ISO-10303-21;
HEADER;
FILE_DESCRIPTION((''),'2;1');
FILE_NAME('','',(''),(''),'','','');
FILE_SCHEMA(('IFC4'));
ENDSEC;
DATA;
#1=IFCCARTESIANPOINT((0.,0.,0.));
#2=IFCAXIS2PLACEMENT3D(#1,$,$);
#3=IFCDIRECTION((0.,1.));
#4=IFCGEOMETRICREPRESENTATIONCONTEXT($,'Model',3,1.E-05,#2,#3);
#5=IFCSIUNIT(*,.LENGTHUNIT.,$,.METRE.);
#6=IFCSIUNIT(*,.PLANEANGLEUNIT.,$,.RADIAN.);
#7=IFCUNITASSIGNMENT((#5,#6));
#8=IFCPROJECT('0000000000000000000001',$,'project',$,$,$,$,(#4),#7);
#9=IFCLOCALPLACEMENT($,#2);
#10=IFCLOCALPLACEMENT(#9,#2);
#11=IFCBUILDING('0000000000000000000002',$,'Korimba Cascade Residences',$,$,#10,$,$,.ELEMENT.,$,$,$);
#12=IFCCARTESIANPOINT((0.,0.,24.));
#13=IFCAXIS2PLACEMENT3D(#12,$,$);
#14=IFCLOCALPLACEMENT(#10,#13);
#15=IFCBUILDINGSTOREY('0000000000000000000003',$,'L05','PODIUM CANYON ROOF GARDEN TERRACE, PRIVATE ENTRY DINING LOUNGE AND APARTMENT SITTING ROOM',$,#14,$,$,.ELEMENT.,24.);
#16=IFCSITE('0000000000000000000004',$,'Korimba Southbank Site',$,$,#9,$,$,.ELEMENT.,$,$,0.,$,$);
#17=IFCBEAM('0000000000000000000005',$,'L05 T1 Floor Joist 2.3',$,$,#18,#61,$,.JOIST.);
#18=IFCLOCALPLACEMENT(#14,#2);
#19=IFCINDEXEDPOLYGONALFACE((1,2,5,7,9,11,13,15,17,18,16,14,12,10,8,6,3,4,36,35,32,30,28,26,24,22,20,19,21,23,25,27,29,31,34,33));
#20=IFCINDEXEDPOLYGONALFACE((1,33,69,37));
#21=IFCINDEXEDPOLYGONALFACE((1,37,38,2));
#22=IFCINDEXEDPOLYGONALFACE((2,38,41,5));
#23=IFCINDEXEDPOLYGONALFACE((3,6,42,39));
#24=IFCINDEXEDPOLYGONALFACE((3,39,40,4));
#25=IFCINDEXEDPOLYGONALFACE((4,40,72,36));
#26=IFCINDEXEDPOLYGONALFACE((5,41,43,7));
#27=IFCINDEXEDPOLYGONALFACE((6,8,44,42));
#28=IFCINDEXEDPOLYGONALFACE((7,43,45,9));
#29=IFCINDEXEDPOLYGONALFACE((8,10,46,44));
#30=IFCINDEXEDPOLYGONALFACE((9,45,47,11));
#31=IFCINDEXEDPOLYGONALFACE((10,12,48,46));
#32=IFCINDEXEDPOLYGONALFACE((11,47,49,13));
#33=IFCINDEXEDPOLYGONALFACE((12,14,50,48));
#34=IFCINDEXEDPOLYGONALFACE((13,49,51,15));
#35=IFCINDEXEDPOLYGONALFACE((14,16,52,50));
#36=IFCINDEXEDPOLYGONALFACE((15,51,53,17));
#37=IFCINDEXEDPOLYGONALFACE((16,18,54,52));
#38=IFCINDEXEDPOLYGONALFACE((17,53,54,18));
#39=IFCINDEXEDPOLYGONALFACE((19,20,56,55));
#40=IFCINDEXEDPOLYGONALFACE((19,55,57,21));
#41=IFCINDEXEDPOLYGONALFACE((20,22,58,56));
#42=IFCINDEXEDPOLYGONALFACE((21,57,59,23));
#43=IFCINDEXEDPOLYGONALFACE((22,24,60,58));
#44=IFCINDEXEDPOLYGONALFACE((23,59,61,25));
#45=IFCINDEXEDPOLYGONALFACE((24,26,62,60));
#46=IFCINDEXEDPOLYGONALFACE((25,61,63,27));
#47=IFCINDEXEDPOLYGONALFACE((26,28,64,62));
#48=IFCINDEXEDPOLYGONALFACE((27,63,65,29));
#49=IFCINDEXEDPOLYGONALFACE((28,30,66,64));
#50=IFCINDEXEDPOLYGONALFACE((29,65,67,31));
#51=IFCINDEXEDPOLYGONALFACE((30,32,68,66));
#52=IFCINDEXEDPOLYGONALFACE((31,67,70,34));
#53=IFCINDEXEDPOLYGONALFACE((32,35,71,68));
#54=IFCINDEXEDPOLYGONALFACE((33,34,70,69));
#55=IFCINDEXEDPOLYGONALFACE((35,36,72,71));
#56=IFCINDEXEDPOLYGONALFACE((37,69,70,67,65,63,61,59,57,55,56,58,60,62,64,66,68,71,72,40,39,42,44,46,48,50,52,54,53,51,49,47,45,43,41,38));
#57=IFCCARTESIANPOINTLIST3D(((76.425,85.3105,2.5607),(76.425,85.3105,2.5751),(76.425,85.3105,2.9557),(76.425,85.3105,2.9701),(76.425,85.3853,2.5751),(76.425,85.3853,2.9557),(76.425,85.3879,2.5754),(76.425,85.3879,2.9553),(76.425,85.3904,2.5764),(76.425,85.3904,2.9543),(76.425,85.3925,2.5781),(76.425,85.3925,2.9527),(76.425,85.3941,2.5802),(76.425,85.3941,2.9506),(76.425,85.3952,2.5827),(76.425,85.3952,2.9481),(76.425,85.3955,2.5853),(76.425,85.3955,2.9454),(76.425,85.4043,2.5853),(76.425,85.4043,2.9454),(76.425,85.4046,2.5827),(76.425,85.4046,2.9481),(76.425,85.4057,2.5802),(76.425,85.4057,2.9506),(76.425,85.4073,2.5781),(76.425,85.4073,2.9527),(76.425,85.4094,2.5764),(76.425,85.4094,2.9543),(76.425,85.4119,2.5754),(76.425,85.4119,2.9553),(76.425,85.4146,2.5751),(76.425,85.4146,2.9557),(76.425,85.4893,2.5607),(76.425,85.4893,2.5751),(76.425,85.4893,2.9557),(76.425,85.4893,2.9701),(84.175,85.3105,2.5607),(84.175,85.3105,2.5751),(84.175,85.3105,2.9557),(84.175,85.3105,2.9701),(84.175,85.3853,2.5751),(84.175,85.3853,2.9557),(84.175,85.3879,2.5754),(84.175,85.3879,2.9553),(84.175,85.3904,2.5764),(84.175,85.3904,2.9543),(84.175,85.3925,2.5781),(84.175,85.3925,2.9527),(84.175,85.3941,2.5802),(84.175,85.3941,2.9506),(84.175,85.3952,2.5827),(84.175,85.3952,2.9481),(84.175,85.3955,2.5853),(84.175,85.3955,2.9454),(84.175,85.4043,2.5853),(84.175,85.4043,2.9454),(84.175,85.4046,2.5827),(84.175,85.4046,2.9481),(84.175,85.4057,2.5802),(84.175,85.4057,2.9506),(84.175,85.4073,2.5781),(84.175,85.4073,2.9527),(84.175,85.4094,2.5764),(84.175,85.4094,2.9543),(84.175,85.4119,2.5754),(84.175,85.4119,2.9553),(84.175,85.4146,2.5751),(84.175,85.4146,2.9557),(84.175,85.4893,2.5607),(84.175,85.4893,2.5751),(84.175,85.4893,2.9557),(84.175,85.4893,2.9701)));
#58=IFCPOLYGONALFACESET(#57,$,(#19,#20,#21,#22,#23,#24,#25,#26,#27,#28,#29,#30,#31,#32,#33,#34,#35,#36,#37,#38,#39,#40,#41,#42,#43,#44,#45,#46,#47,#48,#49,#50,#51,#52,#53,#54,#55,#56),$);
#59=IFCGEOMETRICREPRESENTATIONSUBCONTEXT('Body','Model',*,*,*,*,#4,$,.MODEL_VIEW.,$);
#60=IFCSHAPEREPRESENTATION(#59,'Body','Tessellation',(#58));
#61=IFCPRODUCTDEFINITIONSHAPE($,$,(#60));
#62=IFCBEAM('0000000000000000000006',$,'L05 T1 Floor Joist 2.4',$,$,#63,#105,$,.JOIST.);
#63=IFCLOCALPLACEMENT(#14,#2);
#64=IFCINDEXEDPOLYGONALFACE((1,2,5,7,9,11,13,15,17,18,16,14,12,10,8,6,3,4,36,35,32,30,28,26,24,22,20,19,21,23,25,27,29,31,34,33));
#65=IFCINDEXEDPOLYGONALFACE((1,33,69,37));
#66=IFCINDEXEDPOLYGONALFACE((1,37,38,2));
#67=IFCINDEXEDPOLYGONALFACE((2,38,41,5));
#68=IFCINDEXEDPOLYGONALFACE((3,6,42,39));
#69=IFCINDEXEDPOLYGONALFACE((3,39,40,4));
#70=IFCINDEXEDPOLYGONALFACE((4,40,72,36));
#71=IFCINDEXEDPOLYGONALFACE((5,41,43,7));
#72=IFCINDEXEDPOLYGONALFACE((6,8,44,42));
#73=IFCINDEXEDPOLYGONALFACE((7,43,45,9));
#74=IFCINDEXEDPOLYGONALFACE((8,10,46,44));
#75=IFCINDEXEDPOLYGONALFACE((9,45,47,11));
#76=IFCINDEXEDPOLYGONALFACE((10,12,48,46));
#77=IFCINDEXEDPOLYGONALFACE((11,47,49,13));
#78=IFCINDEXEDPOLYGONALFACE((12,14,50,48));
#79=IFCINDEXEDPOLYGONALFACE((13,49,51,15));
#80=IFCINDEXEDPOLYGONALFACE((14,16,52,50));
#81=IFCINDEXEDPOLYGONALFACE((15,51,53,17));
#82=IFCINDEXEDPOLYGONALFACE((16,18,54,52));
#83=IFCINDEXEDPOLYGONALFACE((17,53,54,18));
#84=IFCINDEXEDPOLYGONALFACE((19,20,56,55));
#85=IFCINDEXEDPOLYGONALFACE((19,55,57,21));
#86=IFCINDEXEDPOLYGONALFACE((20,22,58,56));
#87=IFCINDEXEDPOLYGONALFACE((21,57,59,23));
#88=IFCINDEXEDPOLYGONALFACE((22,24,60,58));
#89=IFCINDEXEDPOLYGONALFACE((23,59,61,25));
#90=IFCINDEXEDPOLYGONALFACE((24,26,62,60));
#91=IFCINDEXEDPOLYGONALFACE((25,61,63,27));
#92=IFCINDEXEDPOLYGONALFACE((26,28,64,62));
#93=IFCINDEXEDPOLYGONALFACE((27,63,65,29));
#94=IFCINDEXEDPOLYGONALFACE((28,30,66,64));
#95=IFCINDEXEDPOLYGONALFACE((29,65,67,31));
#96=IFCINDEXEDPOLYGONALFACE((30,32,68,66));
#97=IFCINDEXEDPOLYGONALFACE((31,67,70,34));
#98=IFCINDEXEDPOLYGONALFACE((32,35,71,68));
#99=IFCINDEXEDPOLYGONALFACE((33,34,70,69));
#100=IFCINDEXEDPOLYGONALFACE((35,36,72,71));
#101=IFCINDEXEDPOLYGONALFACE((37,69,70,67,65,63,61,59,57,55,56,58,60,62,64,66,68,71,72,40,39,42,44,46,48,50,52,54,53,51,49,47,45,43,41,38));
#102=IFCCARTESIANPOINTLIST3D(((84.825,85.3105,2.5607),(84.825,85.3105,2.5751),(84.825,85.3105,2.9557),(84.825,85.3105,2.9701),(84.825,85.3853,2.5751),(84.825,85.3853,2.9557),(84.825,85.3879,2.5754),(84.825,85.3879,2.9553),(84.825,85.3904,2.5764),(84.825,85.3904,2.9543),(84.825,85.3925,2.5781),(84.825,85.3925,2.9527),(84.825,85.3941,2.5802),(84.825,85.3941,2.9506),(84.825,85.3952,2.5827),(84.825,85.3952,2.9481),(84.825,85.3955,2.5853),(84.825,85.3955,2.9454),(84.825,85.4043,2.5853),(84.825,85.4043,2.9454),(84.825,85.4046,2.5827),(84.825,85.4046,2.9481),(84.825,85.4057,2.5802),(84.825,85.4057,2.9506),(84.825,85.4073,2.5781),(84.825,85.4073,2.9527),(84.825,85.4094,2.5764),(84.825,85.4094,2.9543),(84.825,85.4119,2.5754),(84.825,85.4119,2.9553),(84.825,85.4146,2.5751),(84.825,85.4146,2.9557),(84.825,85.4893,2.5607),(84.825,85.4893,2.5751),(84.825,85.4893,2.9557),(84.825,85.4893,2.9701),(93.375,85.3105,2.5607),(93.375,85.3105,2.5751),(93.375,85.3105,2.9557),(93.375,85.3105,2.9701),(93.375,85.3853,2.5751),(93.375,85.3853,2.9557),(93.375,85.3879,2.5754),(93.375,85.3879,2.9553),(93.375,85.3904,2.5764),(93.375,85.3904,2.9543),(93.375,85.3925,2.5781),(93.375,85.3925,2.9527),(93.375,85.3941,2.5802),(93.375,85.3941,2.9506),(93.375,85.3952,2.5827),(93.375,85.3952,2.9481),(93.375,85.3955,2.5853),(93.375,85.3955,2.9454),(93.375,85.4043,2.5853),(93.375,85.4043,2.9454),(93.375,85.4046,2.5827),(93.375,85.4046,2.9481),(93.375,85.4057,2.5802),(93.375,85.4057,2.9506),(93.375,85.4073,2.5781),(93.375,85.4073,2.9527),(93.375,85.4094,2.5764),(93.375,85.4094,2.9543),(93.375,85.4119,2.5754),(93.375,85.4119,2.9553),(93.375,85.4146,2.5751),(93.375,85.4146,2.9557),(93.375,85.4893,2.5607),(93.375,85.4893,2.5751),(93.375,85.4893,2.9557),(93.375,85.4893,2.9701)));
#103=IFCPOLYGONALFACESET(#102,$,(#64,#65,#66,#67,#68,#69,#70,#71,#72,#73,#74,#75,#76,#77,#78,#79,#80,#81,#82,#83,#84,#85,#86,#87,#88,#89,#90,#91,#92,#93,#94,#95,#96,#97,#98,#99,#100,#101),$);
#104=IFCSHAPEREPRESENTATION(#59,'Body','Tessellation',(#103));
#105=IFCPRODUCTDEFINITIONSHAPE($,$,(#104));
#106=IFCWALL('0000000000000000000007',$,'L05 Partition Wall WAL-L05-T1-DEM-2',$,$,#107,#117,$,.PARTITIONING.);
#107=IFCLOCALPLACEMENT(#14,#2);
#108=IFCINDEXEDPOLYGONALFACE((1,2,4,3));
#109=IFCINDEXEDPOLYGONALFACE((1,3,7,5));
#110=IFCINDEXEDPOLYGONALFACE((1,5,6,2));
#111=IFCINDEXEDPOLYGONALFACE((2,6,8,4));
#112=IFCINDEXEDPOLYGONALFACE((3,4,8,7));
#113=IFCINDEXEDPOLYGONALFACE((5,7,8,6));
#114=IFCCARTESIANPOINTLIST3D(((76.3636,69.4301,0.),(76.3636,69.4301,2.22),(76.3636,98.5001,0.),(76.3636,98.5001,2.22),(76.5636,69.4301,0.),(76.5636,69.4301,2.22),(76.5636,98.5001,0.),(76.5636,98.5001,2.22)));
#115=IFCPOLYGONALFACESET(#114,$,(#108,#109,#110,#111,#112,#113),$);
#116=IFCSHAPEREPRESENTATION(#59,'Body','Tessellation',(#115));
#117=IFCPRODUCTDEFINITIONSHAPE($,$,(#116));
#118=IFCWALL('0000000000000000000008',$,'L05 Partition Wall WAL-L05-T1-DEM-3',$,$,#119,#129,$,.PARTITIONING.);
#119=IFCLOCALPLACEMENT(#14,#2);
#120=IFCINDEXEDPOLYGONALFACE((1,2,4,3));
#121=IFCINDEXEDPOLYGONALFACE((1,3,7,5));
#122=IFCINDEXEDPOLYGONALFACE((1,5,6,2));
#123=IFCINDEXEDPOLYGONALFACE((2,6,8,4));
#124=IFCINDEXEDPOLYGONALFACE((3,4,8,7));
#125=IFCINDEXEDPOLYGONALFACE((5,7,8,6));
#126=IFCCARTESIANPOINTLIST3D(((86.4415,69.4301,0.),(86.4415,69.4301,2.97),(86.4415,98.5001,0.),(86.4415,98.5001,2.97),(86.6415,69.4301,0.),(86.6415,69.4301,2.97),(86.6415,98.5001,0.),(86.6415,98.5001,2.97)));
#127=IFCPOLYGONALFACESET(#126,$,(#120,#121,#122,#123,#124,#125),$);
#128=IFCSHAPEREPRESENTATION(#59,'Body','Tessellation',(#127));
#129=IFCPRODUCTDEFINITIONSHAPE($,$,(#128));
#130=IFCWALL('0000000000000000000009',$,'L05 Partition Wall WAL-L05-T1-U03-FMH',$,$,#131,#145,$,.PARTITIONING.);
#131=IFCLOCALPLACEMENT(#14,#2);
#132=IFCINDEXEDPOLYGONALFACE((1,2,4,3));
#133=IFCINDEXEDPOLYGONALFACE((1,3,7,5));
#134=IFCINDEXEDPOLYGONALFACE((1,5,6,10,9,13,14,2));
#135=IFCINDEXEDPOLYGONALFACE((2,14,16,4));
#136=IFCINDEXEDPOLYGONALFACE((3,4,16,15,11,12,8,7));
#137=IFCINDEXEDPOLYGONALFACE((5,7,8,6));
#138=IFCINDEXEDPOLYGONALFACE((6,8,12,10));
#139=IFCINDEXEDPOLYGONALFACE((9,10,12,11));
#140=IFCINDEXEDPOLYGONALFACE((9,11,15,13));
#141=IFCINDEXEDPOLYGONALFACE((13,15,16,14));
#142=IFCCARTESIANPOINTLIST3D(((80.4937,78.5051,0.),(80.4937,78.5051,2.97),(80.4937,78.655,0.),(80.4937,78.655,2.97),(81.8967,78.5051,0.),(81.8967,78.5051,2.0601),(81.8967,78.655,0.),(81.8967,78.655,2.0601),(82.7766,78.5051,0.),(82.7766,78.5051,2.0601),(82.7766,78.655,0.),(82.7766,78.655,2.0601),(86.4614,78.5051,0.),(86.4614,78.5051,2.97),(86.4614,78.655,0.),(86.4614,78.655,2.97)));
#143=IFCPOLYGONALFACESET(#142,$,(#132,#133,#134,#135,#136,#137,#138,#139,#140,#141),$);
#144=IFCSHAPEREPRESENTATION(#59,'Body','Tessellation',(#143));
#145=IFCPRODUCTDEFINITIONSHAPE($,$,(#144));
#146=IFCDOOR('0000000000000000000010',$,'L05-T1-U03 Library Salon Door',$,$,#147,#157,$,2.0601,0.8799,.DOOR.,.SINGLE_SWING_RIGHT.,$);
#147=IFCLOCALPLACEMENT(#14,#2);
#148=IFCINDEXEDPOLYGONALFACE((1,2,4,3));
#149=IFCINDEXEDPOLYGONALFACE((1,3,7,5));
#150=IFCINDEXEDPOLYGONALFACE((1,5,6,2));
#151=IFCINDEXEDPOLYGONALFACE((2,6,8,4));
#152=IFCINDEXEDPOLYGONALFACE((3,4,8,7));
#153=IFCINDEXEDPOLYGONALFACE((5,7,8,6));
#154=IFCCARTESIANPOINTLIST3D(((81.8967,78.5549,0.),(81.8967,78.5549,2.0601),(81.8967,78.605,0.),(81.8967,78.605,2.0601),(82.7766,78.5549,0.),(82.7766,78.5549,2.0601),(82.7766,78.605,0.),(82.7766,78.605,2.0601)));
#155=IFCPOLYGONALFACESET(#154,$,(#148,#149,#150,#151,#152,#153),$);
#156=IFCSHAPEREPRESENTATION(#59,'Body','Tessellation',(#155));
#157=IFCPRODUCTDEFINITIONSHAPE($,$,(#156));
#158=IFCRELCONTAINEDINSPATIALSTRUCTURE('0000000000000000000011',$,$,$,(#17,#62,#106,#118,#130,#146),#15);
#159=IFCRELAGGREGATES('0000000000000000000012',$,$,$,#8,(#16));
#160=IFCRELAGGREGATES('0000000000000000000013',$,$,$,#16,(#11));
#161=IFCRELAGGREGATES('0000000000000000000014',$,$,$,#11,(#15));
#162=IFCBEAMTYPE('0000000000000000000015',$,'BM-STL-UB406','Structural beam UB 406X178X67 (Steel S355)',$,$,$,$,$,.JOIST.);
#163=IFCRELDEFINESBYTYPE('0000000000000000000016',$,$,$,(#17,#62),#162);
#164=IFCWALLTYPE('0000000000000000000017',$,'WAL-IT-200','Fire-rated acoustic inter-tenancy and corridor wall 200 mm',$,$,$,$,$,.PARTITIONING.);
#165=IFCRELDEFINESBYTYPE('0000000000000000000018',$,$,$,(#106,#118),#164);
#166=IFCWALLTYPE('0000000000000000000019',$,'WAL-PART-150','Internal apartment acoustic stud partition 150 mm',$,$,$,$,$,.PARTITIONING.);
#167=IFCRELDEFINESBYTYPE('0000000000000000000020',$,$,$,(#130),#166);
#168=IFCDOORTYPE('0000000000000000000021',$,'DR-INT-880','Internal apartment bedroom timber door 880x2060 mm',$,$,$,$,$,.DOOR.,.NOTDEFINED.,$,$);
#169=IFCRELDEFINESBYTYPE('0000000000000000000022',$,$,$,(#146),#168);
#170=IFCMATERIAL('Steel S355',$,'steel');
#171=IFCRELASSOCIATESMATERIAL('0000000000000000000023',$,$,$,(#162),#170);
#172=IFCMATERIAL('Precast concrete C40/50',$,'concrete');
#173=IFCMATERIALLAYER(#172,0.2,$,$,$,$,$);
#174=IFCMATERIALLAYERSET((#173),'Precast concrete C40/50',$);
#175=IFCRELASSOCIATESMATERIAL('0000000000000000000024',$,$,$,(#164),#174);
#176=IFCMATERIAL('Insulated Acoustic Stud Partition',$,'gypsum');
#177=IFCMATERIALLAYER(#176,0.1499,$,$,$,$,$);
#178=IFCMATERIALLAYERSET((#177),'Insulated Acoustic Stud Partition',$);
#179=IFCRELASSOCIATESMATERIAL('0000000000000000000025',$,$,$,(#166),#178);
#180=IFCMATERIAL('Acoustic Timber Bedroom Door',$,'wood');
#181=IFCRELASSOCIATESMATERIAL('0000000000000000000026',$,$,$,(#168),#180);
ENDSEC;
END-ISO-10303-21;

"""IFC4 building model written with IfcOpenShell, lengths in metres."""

from ifc_helpers import new_model, si_unit, direction, frame, frame_2d, origin, origin_2d, place, context, subcontext, project, spatial, rectangle, i_section, extrude, material, layer, layer_set, material_profile, profile_set, type_object, element, fill, save


model = new_model("IFC4")

# Units and contexts
model_context = context("Model", 3, precision=1e-05, world=origin(), true_north=direction((0.0, 1.0)))
body_context = subcontext(model_context, "Body", "Model", "MODEL_VIEW")
ifc_project = project(units=[si_unit("LENGTHUNIT", "METRE"), si_unit("PLANEANGLEUNIT", "RADIAN")], contexts=[model_context])

# Site, building, storey
site_placement = place(None, origin())
site = spatial("IfcSite", under=ifc_project, at=site_placement, Name="Korimba Southbank Site", CompositionType="ELEMENT", RefElevation=0.0)
building_placement = place(site_placement, origin())
building = spatial("IfcBuilding", under=site, at=building_placement, Name="Korimba Cascade Residences", CompositionType="ELEMENT")
storey_placement = place(building_placement, frame((0.0, 0.0, 24.0)))
storey = spatial("IfcBuildingStorey", under=building, at=storey_placement, Name="L05", Description="PODIUM CANYON ROOF GARDEN TERRACE, PRIVATE ENTRY DINING LOUNGE AND APARTMENT SITTING ROOM", CompositionType="ELEMENT", Elevation=24.0)

# Beams
ifc_material_1 = material(Name="Steel S355", Category="steel")
ifc_material_profile_1 = material_profile(ifc_material_1, i_section(OverallWidth=0.1787, OverallDepth=0.4094, WebThickness=0.0088, FlangeThickness=0.0144, FilletRadius=0.0103, at=origin_2d()), Name="Steel S355")
ifc_profile_set_1 = profile_set([ifc_material_profile_1], Name="Steel S355")
beam_type_1 = type_object("IfcBeamType", Name="BM-STL-UB406", Description="Structural beam UB 406X178X67 (Steel S355)", PredefinedType="JOIST", material=ifc_profile_set_1)
beam_1_placement = place(storey_placement, frame((76.425, 85.3999, 2.7654), z_axis=(1.0, 0.0, 0.0), x_axis=(0.0, 1.0, 0.0)))
element("IfcBeam", 1, at=beam_1_placement, inside=storey, type_object=beam_type_1, Name="L05 T1 Floor Joist 2.3", PredefinedType="JOIST", context=body_context, shape_type="SweptSolid", body=[
    extrude(i_section(OverallWidth=0.1787, OverallDepth=0.4094, WebThickness=0.0088, FlangeThickness=0.0144, FilletRadius=0.0103, at=origin_2d()), origin(), (0.0, 0.0, 1.0), 7.75),
])
beam_2_placement = place(storey_placement, frame((84.825, 85.3999, 2.7654), z_axis=(1.0, 0.0, 0.0), x_axis=(0.0, 1.0, 0.0)))
element("IfcBeam", 2, at=beam_2_placement, inside=storey, type_object=beam_type_1, Name="L05 T1 Floor Joist 2.4", PredefinedType="JOIST", context=body_context, shape_type="SweptSolid", body=[
    extrude(i_section(OverallWidth=0.1787, OverallDepth=0.4094, WebThickness=0.0088, FlangeThickness=0.0144, FilletRadius=0.0103, at=origin_2d()), origin(), (0.0, 0.0, 1.0), 8.55),
])

# Walls
ifc_material_2 = material(Name="Precast concrete C40/50", Category="concrete")
ifc_layer_1 = layer(ifc_material_2, 0.2)
ifc_layer_set_1 = layer_set([ifc_layer_1], Name="Precast concrete C40/50")
wall_type_1 = type_object("IfcWallType", Name="WAL-IT-200", Description="Fire-rated acoustic inter-tenancy and corridor wall 200 mm", PredefinedType="PARTITIONING", material=ifc_layer_set_1)
wall_1_placement = place(storey_placement, frame((76.4636, 69.4299, 0.0), z_axis=(0.0, 0.0, 1.0), x_axis=(0.0, 1.0, 0.0)))
element("IfcWall", 3, at=wall_1_placement, inside=storey, type_object=wall_type_1, Name="L05 Partition Wall WAL-L05-T1-DEM-2", PredefinedType="PARTITIONING", context=body_context, shape_type="SweptSolid", body=[
    extrude(rectangle(XDim=29.0701, YDim=0.2, at=frame_2d((14.5352, 0.0))), origin(), (0.0, 0.0, 1.0), 2.22),
])
wall_2_placement = place(storey_placement, frame((86.5415, 69.4299, 0.0), z_axis=(0.0, 0.0, 1.0), x_axis=(0.0, 1.0, 0.0)))
element("IfcWall", 4, at=wall_2_placement, inside=storey, type_object=wall_type_1, Name="L05 Partition Wall WAL-L05-T1-DEM-3", PredefinedType="PARTITIONING", context=body_context, shape_type="SweptSolid", body=[
    extrude(rectangle(XDim=29.0701, YDim=0.2, at=frame_2d((14.5352, 0.0))), origin(), (0.0, 0.0, 1.0), 2.97),
])

# Wall, opening, door
ifc_material_3 = material(Name="Insulated Acoustic Stud Partition", Category="gypsum")
ifc_layer_2 = layer(ifc_material_3, 0.1499)
ifc_layer_set_2 = layer_set([ifc_layer_2], Name="Insulated Acoustic Stud Partition")
wall_type_2 = type_object("IfcWallType", Name="WAL-PART-150", Description="Internal apartment acoustic stud partition 150 mm", PredefinedType="PARTITIONING", material=ifc_layer_set_2)
wall_3_placement = place(storey_placement, frame((80.4937, 78.5801, 0.0), z_axis=(0.0, 0.0, 1.0), x_axis=(1.0, 0.0, 0.0)))
wall_3 = element("IfcWall", 5, at=wall_3_placement, inside=storey, type_object=wall_type_2, Name="L05 Partition Wall WAL-L05-T1-U03-FMH", PredefinedType="PARTITIONING", context=body_context, shape_type="SweptSolid", body=[
    extrude(rectangle(XDim=5.9678, YDim=0.1499, at=frame_2d((2.9839, 0.0))), origin(), (0.0, 0.0, 1.0), 2.97),
])
opening_1_placement = place(wall_3_placement, frame((1.4031, 0.0, 0.0)))
opening_1 = element("IfcOpeningElement", 6, at=opening_1_placement, cuts=wall_3, PredefinedType="OPENING", context=body_context, shape_type="SweptSolid", body=[
    extrude(rectangle(XDim=0.8799, YDim=2.0601, at=frame_2d((0.4399, 1.03))), frame((0.0, 0.085, 0.0), z_axis=(0.0, -1.0, 0.0), x_axis=(1.0, 0.0, 0.0)), (0.0, 0.0, 1.0), 0.1699),
])
ifc_material_4 = material(Name="Acoustic Timber Bedroom Door", Category="wood")
door_type_1 = type_object("IfcDoorType", Name="DR-INT-880", Description="Internal apartment bedroom timber door 880x2060 mm", OperationType="NOTDEFINED", PredefinedType="DOOR", material=ifc_material_4)
door_1_placement = place(opening_1_placement, origin())
door_1 = element("IfcDoor", 7, at=door_1_placement, inside=storey, type_object=door_type_1, Name="L05-T1-U03 Library Salon Door", OperationType="SINGLE_SWING_RIGHT", OverallHeight=2.0601, OverallWidth=0.8799, PredefinedType="DOOR", context=body_context, shape_type="SweptSolid", body=[
    extrude(rectangle(XDim=0.8799, YDim=2.0601, at=frame_2d((0.4399, 1.03))), frame((0.0, 0.0249, 0.0), z_axis=(0.0, -1.0, 0.0), x_axis=(1.0, 0.0, 0.0)), (0.0, 0.0, 1.0), 0.05),
])
fill(opening_1, door_1)

save(model, "model.ifc")
